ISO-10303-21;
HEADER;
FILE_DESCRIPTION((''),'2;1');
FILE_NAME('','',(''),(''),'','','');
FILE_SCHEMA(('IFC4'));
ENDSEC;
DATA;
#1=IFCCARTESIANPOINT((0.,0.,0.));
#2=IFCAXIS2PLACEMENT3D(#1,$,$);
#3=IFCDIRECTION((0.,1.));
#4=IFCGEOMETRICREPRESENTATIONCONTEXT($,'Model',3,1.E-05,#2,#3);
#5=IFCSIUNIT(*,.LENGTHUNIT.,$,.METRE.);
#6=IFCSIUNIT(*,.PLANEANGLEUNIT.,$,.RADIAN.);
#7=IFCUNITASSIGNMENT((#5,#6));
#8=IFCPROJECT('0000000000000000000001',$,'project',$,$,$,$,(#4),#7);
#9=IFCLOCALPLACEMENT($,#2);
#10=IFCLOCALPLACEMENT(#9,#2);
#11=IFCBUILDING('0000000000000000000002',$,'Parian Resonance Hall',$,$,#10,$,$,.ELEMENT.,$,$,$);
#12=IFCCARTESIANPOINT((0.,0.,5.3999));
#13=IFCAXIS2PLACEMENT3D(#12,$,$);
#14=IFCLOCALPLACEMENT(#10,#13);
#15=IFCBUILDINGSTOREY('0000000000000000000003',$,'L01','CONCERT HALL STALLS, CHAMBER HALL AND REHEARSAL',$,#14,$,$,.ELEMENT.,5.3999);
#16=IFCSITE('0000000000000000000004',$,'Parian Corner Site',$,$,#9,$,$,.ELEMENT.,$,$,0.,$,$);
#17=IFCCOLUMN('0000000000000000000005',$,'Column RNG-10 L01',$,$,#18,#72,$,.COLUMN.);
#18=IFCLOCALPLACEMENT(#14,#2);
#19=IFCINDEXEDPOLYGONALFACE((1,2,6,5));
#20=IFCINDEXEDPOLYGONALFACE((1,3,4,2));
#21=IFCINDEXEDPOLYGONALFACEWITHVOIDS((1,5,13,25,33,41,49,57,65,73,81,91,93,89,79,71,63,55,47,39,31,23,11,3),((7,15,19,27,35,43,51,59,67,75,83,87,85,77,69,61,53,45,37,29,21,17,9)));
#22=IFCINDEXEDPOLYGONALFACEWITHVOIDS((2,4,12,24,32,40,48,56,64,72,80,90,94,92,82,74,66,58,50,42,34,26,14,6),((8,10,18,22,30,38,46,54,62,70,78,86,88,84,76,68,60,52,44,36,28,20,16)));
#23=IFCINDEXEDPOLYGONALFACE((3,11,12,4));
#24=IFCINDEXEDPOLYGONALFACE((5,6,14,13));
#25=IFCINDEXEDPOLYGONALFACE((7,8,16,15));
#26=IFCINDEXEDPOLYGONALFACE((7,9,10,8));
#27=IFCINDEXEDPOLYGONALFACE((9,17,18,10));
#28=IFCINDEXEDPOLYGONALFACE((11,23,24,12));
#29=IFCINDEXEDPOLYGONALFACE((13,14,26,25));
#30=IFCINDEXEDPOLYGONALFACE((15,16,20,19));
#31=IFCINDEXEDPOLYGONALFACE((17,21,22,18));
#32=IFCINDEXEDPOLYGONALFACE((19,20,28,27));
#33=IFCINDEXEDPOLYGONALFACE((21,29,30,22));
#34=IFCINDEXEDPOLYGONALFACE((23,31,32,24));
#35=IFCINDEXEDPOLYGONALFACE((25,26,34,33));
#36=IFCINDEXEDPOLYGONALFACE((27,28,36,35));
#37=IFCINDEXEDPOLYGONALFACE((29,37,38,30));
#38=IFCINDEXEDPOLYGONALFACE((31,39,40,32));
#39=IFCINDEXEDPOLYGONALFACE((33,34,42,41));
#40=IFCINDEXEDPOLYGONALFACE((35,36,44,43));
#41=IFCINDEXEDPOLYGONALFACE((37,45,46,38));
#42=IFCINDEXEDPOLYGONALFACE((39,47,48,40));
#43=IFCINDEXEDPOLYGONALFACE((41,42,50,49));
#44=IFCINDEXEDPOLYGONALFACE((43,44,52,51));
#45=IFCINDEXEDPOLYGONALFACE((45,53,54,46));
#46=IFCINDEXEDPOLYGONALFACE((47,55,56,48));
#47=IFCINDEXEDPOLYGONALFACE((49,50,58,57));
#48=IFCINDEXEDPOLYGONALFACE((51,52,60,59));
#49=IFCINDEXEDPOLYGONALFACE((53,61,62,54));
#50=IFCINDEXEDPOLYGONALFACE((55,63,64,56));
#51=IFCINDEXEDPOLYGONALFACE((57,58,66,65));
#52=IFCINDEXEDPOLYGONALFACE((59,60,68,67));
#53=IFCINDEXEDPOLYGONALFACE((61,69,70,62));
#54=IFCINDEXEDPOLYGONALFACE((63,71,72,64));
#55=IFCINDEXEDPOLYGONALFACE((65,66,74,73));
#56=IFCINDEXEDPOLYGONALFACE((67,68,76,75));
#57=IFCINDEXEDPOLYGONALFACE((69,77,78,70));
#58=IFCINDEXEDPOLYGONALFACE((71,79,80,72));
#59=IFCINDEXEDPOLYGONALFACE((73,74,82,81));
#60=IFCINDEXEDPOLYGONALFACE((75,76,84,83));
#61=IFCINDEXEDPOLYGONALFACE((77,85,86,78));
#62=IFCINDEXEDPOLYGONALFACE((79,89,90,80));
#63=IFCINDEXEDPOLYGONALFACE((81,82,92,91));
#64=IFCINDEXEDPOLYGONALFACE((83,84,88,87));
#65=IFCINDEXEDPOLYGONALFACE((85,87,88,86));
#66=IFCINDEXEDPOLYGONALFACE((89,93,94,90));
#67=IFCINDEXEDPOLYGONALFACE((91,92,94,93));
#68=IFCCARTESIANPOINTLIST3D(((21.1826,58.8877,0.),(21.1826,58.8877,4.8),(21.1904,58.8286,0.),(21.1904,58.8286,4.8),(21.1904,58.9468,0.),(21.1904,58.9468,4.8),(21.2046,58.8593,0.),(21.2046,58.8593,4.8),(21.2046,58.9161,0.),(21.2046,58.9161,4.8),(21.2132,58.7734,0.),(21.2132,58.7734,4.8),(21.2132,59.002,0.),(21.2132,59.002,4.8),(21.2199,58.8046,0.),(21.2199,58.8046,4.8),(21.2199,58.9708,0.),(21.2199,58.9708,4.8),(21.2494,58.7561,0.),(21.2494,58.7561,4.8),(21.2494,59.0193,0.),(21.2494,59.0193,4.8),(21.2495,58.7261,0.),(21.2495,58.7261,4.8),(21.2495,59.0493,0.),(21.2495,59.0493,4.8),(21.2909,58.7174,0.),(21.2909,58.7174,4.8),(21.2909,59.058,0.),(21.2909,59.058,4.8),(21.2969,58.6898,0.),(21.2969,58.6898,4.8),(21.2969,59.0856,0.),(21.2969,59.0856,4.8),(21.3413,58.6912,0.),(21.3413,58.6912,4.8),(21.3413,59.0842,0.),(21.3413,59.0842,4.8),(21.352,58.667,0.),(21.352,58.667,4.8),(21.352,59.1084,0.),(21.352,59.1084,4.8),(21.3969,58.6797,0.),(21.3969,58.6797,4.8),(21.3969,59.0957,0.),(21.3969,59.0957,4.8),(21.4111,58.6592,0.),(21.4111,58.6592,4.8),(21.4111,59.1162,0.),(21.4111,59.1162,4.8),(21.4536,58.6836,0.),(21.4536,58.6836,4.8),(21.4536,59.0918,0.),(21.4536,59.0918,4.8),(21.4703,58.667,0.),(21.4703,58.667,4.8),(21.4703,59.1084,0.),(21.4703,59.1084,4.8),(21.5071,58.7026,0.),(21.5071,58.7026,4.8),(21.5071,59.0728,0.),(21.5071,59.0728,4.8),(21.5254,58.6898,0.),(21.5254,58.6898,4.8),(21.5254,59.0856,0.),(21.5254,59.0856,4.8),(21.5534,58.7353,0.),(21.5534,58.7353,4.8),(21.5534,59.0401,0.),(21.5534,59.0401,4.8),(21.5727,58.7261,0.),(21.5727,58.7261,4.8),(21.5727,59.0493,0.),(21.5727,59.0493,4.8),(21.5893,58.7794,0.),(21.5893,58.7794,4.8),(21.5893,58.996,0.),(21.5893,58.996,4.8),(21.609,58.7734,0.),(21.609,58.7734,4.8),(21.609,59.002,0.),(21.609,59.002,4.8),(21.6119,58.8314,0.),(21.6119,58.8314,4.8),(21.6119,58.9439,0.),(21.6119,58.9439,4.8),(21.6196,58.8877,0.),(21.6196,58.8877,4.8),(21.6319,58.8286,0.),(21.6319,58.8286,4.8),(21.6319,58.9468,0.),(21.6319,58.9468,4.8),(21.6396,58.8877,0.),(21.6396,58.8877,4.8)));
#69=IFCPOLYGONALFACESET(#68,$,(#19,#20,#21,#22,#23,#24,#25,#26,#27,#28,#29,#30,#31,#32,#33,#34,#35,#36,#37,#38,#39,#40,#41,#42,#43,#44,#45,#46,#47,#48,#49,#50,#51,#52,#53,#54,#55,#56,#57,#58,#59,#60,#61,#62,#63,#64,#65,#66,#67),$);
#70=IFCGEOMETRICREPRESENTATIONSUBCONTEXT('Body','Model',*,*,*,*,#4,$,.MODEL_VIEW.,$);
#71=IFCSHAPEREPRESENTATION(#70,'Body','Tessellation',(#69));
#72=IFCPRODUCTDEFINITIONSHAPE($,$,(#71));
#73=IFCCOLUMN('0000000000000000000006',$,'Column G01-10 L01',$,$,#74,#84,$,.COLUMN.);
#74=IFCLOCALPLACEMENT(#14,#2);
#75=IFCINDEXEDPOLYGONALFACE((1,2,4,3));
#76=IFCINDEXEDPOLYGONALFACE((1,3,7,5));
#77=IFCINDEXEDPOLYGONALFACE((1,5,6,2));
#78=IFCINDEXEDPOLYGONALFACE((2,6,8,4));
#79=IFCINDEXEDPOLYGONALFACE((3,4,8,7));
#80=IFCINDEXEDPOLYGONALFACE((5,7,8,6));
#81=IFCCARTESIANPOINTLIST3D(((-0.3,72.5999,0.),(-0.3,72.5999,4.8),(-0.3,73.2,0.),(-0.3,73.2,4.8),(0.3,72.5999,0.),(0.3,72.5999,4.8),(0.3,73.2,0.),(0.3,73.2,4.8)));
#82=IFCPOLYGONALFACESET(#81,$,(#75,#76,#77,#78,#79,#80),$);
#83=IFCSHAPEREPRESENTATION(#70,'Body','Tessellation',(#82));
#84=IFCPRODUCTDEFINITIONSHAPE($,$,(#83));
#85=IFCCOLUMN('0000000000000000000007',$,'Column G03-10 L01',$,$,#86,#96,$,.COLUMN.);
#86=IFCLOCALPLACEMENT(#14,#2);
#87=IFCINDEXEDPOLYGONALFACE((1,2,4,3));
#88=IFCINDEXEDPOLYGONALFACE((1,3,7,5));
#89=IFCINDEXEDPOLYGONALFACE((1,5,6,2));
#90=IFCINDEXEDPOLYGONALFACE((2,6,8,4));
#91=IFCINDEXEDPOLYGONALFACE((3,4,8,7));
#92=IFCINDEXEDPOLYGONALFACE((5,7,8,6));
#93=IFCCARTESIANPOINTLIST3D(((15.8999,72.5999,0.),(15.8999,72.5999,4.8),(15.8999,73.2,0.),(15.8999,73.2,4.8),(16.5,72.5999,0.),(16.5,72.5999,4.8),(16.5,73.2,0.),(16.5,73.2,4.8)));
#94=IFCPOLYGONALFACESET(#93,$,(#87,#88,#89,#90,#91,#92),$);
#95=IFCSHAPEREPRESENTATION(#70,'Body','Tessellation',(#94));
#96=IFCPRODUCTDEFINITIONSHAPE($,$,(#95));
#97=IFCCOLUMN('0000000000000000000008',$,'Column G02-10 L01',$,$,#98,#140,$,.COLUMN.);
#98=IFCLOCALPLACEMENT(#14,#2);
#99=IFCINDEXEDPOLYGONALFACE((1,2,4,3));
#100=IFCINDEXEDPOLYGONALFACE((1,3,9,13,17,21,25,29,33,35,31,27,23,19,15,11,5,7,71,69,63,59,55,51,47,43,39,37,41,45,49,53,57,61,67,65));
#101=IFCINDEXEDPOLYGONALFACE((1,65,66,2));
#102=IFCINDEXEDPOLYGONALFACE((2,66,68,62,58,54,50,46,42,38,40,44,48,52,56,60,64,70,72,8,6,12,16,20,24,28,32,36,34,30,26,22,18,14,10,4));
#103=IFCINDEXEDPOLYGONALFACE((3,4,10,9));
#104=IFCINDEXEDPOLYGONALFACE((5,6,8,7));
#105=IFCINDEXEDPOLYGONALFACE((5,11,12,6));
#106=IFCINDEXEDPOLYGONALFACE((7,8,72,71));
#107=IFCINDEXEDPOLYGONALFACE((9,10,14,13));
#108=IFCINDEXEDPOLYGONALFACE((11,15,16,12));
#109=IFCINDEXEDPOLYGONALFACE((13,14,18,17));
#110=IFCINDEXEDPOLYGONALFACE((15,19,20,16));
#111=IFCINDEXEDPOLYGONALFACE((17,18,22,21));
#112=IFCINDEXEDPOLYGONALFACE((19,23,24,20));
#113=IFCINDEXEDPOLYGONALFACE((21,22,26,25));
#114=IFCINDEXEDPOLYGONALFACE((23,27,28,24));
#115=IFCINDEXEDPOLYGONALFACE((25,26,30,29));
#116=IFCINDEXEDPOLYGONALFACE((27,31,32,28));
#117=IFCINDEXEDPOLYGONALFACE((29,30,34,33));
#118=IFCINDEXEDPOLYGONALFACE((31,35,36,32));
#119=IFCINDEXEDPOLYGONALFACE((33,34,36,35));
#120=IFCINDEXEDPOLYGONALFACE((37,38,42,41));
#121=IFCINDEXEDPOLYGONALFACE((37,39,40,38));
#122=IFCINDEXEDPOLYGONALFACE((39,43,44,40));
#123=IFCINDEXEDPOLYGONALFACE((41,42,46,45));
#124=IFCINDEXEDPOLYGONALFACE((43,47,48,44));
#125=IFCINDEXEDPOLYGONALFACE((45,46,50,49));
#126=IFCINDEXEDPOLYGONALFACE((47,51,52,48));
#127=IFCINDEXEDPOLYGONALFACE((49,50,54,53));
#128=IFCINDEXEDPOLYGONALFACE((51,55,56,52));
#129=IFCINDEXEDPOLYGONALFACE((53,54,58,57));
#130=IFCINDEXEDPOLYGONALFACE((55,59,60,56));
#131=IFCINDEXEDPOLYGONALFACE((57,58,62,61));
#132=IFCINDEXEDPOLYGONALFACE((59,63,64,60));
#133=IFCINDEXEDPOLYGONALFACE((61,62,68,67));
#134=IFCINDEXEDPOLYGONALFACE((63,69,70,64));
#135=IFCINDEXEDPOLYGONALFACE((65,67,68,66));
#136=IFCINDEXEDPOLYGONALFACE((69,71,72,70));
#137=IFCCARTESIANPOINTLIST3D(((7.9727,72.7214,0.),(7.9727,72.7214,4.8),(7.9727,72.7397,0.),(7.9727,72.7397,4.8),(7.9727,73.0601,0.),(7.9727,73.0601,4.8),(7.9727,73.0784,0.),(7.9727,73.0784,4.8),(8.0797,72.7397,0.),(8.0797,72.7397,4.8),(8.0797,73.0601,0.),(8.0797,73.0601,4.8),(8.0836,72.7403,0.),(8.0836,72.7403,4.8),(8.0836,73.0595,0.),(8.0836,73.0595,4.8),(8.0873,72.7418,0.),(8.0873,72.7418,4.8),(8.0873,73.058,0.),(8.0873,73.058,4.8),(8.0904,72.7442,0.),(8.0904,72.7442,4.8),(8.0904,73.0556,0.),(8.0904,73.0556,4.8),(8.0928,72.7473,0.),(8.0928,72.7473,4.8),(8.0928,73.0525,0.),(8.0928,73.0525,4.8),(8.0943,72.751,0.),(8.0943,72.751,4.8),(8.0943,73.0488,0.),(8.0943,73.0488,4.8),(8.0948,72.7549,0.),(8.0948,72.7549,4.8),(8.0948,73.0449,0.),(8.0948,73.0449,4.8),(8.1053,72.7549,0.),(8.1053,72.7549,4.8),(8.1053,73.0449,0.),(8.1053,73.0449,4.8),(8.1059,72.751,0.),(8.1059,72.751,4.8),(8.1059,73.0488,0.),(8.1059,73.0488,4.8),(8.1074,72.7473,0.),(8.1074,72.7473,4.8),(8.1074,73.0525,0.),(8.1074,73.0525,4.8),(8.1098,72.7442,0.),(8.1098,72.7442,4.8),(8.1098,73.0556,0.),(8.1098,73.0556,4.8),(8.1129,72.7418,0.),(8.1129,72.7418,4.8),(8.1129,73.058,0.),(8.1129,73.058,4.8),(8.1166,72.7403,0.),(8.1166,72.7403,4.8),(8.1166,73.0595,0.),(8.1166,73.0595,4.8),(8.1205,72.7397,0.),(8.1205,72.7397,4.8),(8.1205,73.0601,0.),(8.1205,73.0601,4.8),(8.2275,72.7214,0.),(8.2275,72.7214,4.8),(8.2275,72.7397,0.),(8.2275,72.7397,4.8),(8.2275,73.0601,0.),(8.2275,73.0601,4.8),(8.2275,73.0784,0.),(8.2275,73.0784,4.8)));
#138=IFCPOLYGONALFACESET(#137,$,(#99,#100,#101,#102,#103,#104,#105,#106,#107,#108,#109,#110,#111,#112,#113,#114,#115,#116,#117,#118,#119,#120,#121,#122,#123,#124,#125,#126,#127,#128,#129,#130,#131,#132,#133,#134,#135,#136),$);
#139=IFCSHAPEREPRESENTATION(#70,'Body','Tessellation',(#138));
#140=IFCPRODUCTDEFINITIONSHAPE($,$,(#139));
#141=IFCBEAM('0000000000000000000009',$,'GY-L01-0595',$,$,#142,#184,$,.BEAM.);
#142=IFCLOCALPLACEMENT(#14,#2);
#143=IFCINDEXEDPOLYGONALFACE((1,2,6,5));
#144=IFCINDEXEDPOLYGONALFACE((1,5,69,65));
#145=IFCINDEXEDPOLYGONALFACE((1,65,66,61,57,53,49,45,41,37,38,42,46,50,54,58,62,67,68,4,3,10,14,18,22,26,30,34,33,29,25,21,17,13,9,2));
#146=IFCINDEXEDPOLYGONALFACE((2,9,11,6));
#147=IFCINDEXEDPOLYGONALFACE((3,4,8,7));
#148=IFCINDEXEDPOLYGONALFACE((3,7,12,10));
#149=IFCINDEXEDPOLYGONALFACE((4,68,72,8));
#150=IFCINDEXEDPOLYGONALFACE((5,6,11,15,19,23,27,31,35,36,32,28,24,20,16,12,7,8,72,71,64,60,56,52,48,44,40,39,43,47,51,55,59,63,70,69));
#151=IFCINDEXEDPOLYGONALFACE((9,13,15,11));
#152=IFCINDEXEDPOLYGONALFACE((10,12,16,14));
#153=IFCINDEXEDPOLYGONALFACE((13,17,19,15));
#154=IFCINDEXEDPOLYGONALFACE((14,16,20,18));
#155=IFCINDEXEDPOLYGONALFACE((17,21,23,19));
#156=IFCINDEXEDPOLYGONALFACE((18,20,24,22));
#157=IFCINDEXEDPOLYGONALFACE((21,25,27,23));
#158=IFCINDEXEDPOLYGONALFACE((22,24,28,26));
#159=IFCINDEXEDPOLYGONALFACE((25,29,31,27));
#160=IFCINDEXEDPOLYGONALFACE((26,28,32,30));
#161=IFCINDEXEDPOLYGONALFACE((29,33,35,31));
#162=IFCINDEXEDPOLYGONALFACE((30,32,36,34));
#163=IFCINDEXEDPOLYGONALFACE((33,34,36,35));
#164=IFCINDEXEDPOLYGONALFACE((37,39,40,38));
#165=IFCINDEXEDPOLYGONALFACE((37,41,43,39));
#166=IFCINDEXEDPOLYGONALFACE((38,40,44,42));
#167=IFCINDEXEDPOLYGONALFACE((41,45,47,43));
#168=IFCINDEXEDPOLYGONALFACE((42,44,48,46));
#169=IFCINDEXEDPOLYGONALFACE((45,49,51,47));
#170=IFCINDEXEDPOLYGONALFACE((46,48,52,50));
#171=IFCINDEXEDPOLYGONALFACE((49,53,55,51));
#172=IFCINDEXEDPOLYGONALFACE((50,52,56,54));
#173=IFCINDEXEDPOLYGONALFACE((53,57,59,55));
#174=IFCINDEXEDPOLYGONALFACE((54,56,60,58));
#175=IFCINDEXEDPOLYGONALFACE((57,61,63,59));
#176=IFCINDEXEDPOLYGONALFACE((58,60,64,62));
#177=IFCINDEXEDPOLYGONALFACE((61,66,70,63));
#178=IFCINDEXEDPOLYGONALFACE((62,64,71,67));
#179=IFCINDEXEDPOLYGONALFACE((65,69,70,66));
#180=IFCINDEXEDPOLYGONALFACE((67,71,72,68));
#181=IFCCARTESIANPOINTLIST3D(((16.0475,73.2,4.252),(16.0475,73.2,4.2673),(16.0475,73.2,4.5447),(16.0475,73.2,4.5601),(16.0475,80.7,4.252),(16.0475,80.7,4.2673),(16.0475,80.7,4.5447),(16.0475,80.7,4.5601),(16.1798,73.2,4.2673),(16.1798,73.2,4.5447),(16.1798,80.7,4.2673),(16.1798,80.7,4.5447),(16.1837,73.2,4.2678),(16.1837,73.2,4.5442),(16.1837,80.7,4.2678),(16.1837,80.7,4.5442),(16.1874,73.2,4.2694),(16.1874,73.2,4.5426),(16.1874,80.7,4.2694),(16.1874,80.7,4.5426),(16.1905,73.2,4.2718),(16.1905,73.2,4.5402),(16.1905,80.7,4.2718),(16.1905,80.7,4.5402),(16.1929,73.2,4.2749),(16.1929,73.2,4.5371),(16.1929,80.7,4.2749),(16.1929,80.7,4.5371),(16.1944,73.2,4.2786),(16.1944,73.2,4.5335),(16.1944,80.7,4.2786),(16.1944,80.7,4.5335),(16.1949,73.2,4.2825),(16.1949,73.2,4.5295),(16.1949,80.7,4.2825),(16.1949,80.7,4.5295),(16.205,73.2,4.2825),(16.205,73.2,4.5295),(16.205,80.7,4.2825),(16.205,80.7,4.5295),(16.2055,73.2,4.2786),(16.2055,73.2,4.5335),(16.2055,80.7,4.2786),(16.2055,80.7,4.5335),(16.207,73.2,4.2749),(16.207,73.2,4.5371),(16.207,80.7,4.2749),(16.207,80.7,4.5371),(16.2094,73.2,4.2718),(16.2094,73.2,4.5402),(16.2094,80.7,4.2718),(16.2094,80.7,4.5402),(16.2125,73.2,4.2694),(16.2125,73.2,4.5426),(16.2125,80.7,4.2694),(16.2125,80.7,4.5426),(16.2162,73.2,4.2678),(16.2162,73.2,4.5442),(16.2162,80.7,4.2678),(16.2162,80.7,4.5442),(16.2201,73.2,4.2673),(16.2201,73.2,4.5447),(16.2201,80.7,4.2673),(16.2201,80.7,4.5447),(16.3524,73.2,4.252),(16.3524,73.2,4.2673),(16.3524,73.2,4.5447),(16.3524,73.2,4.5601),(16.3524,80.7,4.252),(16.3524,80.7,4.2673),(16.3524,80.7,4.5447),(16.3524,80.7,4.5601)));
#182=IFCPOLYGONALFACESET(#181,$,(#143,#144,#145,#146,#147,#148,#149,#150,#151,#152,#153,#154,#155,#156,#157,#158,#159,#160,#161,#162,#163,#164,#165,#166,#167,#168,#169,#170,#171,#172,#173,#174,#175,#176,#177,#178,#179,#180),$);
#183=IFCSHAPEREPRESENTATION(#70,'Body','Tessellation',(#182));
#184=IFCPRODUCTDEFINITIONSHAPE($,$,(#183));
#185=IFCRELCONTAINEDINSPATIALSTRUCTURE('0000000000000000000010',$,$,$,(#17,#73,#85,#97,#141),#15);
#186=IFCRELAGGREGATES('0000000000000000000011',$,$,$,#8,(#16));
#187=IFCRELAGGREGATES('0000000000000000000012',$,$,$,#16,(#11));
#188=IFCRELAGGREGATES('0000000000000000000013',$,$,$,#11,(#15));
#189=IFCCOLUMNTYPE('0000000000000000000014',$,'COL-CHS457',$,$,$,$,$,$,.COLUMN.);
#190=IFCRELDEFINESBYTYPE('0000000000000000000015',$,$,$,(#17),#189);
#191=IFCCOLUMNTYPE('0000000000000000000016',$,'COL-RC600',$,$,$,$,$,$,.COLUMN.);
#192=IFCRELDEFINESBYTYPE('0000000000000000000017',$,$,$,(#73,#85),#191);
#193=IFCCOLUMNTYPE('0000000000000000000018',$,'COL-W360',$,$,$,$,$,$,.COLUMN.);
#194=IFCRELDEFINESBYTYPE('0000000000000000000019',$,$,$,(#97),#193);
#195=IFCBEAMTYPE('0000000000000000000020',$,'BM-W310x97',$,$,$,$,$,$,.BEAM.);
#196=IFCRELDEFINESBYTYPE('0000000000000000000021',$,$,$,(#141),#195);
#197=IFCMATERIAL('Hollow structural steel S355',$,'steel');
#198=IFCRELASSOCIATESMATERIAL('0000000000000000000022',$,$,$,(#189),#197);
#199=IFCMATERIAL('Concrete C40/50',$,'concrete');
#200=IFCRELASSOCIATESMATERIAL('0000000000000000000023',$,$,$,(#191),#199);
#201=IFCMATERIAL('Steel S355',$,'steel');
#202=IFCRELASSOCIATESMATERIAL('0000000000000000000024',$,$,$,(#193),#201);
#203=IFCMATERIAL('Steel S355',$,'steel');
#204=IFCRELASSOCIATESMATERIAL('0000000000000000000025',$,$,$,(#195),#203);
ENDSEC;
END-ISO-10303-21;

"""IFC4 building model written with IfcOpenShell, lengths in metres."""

from ifc_helpers import new_model, si_unit, direction, frame, origin, origin_2d, place, context, subcontext, project, spatial, rectangle, hollow_circle, i_section, extrude, material, material_profile, profile_set, type_object, element, save


model = new_model("IFC4")

# Units and contexts
model_context = context("Model", 3, precision=1e-05, world=origin(), true_north=direction((0.0, 1.0)))
body_context = subcontext(model_context, "Body", "Model", "MODEL_VIEW")
ifc_project = project(units=[si_unit("LENGTHUNIT", "METRE"), si_unit("PLANEANGLEUNIT", "RADIAN")], contexts=[model_context])

# Site, building, storey
site_placement = place(None, origin())
site = spatial("IfcSite", under=ifc_project, at=site_placement, Name="Parian Corner Site", CompositionType="ELEMENT", RefElevation=0.0)
building_placement = place(site_placement, origin())
building = spatial("IfcBuilding", under=site, at=building_placement, Name="Parian Resonance Hall", CompositionType="ELEMENT")
storey_placement = place(building_placement, frame((0.0, 0.0, 5.3999)))
storey = spatial("IfcBuildingStorey", under=building, at=storey_placement, Name="L01", Description="CONCERT HALL STALLS, CHAMBER HALL AND REHEARSAL", CompositionType="ELEMENT", Elevation=5.3999)

# Columns
ifc_material_1 = material(Name="Hollow structural steel S355", Category="steel")
ifc_material_profile_1 = material_profile(ifc_material_1, hollow_circle(Radius=0.2285, WallThickness=0.02, at=origin_2d()), Name="CHS457x20")
ifc_profile_set_1 = profile_set([ifc_material_profile_1], Name="Hollow structural steel S355")
column_type_1 = type_object("IfcColumnType", Name="COL-CHS457", PredefinedType="COLUMN", material=ifc_profile_set_1)
column_1_placement = place(storey_placement, frame((21.4111, 58.8877, 0.0), z_axis=(0.0, 0.0, 1.0), x_axis=(1.0, 0.0, 0.0)))
element("IfcColumn", 1, at=column_1_placement, inside=storey, type_object=column_type_1, Name="Column RNG-10 L01", PredefinedType="COLUMN", context=body_context, shape_type="SweptSolid", body=[
    extrude(hollow_circle(Radius=0.2285, WallThickness=0.02, at=origin_2d()), origin(), (0.0, 0.0, 1.0), 4.8),
])
ifc_material_2 = material(Name="Concrete C40/50", Category="concrete")
ifc_material_profile_2 = material_profile(ifc_material_2, rectangle(XDim=0.6001, YDim=0.6001, at=origin_2d()), Name="RC-COL-600x600")
ifc_profile_set_2 = profile_set([ifc_material_profile_2], Name="Concrete C40/50")
column_type_2 = type_object("IfcColumnType", Name="COL-RC600", PredefinedType="COLUMN", material=ifc_profile_set_2)
for number, where, z_axis, x_axis, name in (
    (2, (0.0, 72.8999, 0.0), (0.0, 0.0, 1.0), (1.0, 0.0, 0.0), "Column G01-10 L01"),
    (3, (16.2, 72.8999, 0.0), (0.0, 0.0, 1.0), (1.0, 0.0, 0.0), "Column G03-10 L01"),
):
    element("IfcColumn", number, at=place(storey_placement, frame(where, z_axis=z_axis, x_axis=x_axis)), inside=storey, type_object=column_type_2, Name=name, PredefinedType="COLUMN", context=body_context, shape_type="SweptSolid", body=[
        extrude(rectangle(XDim=0.6001, YDim=0.6001, at=origin_2d()), origin(), (0.0, 0.0, 1.0), 4.8),
    ])
ifc_material_3 = material(Name="Steel S355", Category="steel")
ifc_material_profile_3 = material_profile(ifc_material_3, i_section(OverallWidth=0.2549, OverallDepth=0.3569, WebThickness=0.0105, FlangeThickness=0.0183, FilletRadius=0.0151, at=origin_2d()), Name="W360x101")
ifc_profile_set_3 = profile_set([ifc_material_profile_3], Name="Steel S355")
column_type_3 = type_object("IfcColumnType", Name="COL-W360", PredefinedType="COLUMN", material=ifc_profile_set_3)
column_2_placement = place(storey_placement, frame((8.1001, 72.8999, 0.0), z_axis=(0.0, 0.0, 1.0), x_axis=(1.0, 0.0, 0.0)))
element("IfcColumn", 4, at=column_2_placement, inside=storey, type_object=column_type_3, Name="Column G02-10 L01", PredefinedType="COLUMN", context=body_context, shape_type="SweptSolid", body=[
    extrude(i_section(OverallWidth=0.2549, OverallDepth=0.3569, WebThickness=0.0105, FlangeThickness=0.0183, FilletRadius=0.0151, at=origin_2d()), origin(), (0.0, 0.0, 1.0), 4.8),
])

# Beam
ifc_material_4 = material(Name="Steel S355", Category="steel")
ifc_material_profile_4 = material_profile(ifc_material_4, i_section(OverallWidth=0.3049, OverallDepth=0.3081, WebThickness=0.01, FlangeThickness=0.0154, FilletRadius=0.0151, at=origin_2d()), Name="W310x97")
ifc_profile_set_4 = profile_set([ifc_material_profile_4], Name="Steel S355")
beam_type_1 = type_object("IfcBeamType", Name="BM-W310x97", PredefinedType="BEAM", material=ifc_profile_set_4)
beam_1_placement = place(storey_placement, frame((16.2, 73.2, 4.406), z_axis=(0.0, 1.0, 0.0), x_axis=(-1.0, 0.0, 0.0)))
element("IfcBeam", 5, at=beam_1_placement, inside=storey, type_object=beam_type_1, Name="GY-L01-0595", PredefinedType="BEAM", context=body_context, shape_type="SweptSolid", body=[
    extrude(i_section(OverallWidth=0.3049, OverallDepth=0.3081, WebThickness=0.01, FlangeThickness=0.0154, FilletRadius=0.0151, at=origin_2d()), origin(), (0.0, 0.0, 1.0), 7.5),
])

save(model, "model.ifc")
